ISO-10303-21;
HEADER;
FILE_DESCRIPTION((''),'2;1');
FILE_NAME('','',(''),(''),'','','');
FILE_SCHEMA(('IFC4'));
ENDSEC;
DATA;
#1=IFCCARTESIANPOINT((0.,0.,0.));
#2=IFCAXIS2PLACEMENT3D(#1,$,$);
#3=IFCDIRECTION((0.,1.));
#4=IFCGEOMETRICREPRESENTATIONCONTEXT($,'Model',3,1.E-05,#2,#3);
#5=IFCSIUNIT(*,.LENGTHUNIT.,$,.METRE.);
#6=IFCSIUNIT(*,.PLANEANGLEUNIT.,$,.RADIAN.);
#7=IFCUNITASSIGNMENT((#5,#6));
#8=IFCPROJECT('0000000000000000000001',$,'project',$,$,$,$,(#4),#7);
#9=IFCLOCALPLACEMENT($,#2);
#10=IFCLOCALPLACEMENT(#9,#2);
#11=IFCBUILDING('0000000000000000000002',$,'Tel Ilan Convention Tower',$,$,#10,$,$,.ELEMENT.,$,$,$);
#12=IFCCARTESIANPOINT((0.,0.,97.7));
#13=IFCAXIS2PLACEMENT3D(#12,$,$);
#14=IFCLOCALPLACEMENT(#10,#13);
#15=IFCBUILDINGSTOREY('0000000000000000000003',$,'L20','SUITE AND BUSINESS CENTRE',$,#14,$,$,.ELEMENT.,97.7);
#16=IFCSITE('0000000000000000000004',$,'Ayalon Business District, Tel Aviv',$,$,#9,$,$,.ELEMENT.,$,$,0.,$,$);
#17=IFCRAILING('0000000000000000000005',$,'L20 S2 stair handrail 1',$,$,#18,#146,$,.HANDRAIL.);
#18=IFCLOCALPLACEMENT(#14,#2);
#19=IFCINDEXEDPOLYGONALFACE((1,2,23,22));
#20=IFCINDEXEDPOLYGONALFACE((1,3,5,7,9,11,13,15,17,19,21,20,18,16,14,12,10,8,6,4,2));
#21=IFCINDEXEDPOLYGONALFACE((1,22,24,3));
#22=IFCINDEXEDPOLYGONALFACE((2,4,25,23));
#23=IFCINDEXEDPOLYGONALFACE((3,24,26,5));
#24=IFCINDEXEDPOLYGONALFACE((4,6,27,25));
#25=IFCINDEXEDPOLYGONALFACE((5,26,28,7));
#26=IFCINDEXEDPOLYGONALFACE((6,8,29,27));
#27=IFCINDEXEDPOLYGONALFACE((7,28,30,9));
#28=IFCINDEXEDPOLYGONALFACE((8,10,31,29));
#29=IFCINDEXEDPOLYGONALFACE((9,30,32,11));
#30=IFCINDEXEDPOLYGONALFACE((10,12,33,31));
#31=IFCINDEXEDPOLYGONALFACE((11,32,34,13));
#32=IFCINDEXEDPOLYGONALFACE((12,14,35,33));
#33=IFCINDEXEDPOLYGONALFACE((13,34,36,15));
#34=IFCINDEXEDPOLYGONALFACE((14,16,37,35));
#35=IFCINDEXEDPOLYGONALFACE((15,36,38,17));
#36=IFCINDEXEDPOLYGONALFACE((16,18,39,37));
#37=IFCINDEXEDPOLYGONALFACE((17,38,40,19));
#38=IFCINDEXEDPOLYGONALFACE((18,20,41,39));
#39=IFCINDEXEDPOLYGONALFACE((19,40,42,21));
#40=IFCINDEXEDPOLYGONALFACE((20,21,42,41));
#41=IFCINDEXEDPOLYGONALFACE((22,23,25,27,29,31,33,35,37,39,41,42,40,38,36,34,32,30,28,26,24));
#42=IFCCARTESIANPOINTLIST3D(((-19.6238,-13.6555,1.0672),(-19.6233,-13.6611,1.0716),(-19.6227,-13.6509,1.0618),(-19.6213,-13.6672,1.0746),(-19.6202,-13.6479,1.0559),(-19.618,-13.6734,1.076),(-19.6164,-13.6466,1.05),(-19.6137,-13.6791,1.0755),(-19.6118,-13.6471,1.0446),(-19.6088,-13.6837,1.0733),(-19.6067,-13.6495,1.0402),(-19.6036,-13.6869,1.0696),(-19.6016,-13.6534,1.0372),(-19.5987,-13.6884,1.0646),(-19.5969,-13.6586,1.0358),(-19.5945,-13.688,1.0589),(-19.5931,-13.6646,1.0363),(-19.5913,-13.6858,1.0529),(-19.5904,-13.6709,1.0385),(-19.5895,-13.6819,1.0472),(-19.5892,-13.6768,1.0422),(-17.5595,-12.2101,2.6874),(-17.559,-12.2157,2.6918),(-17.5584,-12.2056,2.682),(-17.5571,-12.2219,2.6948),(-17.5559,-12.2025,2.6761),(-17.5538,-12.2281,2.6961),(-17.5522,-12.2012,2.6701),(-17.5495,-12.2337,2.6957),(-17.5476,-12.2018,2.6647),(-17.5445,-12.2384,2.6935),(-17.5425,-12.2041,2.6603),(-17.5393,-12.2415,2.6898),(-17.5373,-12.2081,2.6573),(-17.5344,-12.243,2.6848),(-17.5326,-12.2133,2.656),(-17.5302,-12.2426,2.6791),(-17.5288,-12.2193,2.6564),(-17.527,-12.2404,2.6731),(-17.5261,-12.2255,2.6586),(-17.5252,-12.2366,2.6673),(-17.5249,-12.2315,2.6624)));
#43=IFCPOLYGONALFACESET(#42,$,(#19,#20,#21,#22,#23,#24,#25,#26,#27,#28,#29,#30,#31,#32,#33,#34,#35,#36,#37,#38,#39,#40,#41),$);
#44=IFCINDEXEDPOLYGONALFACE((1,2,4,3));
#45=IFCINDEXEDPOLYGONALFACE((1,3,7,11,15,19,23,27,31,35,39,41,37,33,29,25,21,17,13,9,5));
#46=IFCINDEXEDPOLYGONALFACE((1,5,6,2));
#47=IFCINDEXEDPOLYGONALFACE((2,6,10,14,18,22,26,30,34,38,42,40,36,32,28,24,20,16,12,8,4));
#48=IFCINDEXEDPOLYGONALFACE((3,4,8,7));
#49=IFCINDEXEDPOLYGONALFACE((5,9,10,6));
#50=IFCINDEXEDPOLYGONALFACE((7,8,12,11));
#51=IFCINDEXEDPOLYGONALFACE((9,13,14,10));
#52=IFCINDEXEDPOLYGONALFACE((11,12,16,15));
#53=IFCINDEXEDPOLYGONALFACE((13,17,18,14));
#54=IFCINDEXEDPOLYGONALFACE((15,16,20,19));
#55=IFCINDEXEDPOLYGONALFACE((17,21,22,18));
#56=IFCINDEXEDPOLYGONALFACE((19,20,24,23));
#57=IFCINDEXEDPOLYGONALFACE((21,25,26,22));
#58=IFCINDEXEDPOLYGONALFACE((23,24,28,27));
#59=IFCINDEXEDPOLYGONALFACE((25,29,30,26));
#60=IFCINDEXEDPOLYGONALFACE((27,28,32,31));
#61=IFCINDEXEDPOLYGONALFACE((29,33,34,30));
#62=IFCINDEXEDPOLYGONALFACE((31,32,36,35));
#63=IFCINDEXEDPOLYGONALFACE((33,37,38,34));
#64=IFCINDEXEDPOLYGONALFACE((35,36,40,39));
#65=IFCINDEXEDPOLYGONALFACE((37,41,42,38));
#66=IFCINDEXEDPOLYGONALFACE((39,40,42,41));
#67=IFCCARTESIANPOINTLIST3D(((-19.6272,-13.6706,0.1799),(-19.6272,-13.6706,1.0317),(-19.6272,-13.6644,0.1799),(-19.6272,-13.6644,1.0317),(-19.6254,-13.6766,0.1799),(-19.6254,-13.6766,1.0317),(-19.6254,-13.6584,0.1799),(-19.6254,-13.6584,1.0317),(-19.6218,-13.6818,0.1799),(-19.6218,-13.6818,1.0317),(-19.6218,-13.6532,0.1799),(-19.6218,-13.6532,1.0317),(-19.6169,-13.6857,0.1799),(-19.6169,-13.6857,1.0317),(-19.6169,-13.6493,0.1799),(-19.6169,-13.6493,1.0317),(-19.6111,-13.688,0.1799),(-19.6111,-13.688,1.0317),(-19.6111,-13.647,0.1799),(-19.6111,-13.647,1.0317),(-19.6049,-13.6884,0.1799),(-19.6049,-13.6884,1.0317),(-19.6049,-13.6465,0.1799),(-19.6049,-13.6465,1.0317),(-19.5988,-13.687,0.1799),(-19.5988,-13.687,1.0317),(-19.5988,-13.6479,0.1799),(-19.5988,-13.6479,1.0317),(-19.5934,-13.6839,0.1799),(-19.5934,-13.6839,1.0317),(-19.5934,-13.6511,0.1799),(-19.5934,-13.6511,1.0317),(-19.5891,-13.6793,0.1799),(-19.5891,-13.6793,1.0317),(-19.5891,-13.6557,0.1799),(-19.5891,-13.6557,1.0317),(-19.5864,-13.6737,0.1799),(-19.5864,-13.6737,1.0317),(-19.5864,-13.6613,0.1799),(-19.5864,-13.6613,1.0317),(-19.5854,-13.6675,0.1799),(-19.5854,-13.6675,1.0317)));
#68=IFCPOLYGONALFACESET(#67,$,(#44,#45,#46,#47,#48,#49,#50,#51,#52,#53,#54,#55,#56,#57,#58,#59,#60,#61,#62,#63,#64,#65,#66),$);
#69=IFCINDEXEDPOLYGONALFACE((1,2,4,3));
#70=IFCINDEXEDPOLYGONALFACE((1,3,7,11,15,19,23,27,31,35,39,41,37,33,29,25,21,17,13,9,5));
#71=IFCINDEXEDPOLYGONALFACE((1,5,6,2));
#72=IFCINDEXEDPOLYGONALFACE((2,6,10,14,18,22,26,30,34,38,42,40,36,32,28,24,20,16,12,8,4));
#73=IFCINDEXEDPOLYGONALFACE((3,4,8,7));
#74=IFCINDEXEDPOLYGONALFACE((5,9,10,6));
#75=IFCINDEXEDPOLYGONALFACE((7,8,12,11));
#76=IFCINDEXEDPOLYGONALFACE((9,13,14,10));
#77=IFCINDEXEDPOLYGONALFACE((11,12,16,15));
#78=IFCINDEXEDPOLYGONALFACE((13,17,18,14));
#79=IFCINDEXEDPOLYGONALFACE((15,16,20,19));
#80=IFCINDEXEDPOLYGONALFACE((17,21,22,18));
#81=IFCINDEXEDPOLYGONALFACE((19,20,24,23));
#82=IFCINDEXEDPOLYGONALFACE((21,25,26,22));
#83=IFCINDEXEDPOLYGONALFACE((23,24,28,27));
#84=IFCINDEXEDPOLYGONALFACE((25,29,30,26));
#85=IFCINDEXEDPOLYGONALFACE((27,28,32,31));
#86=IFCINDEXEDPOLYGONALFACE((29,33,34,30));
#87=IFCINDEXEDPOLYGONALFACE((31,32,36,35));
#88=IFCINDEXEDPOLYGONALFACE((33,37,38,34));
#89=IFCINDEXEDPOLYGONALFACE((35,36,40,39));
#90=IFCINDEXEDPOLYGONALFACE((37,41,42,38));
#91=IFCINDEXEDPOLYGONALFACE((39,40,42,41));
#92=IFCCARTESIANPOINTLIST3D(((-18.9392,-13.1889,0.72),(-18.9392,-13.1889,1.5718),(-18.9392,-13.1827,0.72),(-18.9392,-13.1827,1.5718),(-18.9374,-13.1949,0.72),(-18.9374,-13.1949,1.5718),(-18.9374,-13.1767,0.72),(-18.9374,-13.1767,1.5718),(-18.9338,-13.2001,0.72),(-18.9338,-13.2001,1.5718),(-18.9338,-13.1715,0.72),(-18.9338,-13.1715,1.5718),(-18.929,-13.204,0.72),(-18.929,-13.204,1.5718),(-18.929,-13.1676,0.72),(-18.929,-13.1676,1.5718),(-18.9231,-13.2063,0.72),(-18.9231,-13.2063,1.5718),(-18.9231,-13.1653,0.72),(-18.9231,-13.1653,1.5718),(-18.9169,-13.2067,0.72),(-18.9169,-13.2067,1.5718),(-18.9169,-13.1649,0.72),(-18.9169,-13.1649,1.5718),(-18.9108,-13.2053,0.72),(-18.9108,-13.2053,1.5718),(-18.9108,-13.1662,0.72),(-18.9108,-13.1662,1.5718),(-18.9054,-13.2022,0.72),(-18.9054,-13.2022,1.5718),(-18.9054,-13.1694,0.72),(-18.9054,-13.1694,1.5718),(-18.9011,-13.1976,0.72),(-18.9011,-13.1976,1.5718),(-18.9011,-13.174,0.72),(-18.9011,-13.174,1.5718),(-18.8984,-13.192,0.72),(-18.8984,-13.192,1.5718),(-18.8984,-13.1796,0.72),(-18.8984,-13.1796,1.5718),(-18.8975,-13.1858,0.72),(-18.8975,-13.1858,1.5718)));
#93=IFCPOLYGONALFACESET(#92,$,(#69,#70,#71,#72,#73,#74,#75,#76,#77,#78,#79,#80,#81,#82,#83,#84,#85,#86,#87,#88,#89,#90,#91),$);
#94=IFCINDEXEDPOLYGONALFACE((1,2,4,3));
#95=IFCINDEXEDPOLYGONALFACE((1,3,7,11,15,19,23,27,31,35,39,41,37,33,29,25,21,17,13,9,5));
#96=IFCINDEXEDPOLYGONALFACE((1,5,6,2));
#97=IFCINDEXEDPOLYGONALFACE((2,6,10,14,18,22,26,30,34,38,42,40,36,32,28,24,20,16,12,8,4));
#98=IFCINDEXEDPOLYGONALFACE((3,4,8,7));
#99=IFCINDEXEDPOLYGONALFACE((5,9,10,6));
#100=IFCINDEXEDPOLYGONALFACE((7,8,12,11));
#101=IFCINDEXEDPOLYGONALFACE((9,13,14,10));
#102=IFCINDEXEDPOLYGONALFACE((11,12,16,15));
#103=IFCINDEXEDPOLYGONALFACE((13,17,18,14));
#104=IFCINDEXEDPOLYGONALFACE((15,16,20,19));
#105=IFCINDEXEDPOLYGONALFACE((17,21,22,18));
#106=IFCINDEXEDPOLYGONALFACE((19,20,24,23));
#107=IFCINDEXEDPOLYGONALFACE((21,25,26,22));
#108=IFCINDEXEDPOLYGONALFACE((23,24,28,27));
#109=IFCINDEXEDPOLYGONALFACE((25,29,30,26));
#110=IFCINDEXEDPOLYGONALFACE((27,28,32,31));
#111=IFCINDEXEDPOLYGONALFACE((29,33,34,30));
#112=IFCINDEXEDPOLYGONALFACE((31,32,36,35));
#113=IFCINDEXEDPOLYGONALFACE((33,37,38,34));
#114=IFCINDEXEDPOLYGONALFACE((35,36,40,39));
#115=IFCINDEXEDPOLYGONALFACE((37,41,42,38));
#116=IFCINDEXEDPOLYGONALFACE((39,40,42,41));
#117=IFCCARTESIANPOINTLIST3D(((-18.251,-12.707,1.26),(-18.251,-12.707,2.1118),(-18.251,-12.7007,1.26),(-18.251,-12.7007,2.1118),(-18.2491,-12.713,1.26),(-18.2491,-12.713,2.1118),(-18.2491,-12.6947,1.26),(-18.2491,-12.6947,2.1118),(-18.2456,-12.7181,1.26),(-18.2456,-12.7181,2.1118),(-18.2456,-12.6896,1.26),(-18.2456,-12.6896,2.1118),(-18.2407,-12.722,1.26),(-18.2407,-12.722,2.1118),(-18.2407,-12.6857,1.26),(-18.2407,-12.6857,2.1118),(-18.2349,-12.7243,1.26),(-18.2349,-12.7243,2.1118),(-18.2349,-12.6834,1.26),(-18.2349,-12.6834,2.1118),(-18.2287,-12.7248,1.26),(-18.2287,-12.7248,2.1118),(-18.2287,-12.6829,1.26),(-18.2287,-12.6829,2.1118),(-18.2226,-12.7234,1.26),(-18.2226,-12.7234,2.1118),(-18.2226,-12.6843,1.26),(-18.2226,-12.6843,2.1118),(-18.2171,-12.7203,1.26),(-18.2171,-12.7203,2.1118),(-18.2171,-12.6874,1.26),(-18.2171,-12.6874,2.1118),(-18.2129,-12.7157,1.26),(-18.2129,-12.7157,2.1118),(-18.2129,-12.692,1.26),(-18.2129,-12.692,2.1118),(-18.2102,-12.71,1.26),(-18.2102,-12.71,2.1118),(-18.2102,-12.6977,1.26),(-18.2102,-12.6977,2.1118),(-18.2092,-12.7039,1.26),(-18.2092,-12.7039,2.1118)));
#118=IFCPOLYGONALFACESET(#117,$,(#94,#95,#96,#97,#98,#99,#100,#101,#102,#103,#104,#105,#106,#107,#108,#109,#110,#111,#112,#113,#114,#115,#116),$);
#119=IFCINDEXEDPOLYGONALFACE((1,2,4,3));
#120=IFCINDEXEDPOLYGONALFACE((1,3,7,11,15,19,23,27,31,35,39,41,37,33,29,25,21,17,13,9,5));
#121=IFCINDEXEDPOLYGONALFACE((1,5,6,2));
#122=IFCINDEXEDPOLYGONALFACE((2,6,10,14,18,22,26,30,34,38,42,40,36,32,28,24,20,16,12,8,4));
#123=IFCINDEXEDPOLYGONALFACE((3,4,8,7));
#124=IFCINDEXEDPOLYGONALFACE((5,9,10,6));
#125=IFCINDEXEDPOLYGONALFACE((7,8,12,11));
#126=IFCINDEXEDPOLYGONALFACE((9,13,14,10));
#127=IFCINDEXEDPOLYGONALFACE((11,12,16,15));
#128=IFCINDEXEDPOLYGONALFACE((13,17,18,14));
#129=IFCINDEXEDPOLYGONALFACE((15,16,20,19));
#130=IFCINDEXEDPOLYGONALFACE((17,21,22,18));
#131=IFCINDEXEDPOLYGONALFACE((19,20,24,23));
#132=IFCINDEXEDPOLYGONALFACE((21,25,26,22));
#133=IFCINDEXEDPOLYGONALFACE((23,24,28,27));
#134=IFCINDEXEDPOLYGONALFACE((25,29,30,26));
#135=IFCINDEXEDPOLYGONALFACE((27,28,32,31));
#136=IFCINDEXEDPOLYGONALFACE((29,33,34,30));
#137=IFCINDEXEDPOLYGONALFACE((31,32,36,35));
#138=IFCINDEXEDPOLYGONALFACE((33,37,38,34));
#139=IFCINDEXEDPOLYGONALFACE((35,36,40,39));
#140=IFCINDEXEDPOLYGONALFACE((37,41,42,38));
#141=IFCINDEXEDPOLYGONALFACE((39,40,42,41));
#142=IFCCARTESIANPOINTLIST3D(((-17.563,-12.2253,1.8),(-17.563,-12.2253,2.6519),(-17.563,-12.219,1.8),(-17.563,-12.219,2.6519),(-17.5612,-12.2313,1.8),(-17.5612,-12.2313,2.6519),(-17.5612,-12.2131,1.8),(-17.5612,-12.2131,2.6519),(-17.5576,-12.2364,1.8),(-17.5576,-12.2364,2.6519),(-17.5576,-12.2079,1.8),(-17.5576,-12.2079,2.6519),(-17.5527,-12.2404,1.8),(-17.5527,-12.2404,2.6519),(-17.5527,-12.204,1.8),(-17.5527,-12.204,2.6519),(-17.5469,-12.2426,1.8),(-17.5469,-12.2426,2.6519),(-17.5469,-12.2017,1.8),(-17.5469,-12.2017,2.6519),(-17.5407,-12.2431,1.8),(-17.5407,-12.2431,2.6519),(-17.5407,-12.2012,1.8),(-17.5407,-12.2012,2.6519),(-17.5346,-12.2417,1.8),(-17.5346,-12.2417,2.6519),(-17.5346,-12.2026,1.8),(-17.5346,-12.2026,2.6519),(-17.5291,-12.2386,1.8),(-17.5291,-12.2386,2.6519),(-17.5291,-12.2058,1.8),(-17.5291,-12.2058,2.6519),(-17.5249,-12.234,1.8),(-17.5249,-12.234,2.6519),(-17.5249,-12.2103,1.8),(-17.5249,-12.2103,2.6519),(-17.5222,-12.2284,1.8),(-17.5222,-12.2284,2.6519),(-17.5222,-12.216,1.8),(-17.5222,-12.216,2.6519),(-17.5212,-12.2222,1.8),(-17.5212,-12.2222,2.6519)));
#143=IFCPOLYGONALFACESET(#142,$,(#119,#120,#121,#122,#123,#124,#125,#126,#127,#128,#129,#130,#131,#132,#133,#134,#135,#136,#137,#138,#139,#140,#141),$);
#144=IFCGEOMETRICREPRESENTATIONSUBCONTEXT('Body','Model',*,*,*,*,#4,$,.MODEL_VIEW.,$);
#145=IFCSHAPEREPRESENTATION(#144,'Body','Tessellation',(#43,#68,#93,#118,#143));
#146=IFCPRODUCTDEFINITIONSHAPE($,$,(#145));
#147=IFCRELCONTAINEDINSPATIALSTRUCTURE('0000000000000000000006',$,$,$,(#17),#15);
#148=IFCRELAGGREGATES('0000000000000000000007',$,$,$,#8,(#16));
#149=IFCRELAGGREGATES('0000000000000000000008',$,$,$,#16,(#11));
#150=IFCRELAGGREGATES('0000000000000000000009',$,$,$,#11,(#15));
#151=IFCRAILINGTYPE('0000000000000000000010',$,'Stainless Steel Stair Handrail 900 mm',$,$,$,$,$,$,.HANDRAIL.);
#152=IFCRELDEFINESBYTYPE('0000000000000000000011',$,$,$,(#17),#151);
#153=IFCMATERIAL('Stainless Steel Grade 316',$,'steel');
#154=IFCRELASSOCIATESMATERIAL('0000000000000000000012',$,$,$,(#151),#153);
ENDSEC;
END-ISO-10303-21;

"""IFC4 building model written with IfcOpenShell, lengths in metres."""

from ifc_helpers import new_model, si_unit, direction, frame, origin, origin_2d, place, context, subcontext, project, spatial, circle, extrude, material, type_object, element, save


model = new_model("IFC4")

# Units and contexts
model_context = context("Model", 3, precision=1e-05, world=origin(), true_north=direction((0.0, 1.0)))
body_context = subcontext(model_context, "Body", "Model", "MODEL_VIEW")
ifc_project = project(units=[si_unit("LENGTHUNIT", "METRE"), si_unit("PLANEANGLEUNIT", "RADIAN")], contexts=[model_context])

# Site, building, storey
site_placement = place(None, origin())
site = spatial("IfcSite", under=ifc_project, at=site_placement, Name="Ayalon Business District, Tel Aviv", CompositionType="ELEMENT", RefElevation=0.0)
building_placement = place(site_placement, origin())
building = spatial("IfcBuilding", under=site, at=building_placement, Name="Tel Ilan Convention Tower", CompositionType="ELEMENT")
storey_placement = place(building_placement, frame((0.0, 0.0, 97.7)))
storey = spatial("IfcBuildingStorey", under=building, at=storey_placement, Name="L20", Description="SUITE AND BUSINESS CENTRE", CompositionType="ELEMENT", Elevation=97.7)

# Railing
ifc_material_1 = material(Name="Stainless Steel Grade 316", Category="steel")
railing_type_1 = type_object("IfcRailingType", Name="Stainless Steel Stair Handrail 900 mm", PredefinedType="HANDRAIL", material=ifc_material_1)
railing_1_placement = place(storey_placement, frame((-19.6064, -13.6675, 0.1799)))
element("IfcRailing", 1, at=railing_1_placement, inside=storey, type_object=railing_type_1, Name="L20 S2 stair handrail 1", PredefinedType="HANDRAIL", context=body_context, shape_type="SweptSolid", body=[
    extrude(circle(Radius=0.0239, at=origin_2d()), frame((0.0, 0.0, 0.876), z_axis=(0.68904, 0.48245, 0.540801), x_axis=(-0.57356, 0.819164, 0.0)), (0.0, 0.0, 1.0), 2.9958),
    extrude(circle(Radius=0.021, at=origin_2d()), origin(), (0.0, 0.0, 1.0), 0.8518),
    extrude(circle(Radius=0.021, at=origin_2d()), frame((0.688, 0.4817, 0.54)), (0.0, 0.0, 1.0), 0.8518),
    extrude(circle(Radius=0.021, at=origin_2d()), frame((1.3762, 0.9636, 1.0801)), (0.0, 0.0, 1.0), 0.8518),
    extrude(circle(Radius=0.021, at=origin_2d()), frame((2.0642, 1.4453, 1.6201)), (0.0, 0.0, 1.0), 0.8518),
])

save(model, "model.ifc")
